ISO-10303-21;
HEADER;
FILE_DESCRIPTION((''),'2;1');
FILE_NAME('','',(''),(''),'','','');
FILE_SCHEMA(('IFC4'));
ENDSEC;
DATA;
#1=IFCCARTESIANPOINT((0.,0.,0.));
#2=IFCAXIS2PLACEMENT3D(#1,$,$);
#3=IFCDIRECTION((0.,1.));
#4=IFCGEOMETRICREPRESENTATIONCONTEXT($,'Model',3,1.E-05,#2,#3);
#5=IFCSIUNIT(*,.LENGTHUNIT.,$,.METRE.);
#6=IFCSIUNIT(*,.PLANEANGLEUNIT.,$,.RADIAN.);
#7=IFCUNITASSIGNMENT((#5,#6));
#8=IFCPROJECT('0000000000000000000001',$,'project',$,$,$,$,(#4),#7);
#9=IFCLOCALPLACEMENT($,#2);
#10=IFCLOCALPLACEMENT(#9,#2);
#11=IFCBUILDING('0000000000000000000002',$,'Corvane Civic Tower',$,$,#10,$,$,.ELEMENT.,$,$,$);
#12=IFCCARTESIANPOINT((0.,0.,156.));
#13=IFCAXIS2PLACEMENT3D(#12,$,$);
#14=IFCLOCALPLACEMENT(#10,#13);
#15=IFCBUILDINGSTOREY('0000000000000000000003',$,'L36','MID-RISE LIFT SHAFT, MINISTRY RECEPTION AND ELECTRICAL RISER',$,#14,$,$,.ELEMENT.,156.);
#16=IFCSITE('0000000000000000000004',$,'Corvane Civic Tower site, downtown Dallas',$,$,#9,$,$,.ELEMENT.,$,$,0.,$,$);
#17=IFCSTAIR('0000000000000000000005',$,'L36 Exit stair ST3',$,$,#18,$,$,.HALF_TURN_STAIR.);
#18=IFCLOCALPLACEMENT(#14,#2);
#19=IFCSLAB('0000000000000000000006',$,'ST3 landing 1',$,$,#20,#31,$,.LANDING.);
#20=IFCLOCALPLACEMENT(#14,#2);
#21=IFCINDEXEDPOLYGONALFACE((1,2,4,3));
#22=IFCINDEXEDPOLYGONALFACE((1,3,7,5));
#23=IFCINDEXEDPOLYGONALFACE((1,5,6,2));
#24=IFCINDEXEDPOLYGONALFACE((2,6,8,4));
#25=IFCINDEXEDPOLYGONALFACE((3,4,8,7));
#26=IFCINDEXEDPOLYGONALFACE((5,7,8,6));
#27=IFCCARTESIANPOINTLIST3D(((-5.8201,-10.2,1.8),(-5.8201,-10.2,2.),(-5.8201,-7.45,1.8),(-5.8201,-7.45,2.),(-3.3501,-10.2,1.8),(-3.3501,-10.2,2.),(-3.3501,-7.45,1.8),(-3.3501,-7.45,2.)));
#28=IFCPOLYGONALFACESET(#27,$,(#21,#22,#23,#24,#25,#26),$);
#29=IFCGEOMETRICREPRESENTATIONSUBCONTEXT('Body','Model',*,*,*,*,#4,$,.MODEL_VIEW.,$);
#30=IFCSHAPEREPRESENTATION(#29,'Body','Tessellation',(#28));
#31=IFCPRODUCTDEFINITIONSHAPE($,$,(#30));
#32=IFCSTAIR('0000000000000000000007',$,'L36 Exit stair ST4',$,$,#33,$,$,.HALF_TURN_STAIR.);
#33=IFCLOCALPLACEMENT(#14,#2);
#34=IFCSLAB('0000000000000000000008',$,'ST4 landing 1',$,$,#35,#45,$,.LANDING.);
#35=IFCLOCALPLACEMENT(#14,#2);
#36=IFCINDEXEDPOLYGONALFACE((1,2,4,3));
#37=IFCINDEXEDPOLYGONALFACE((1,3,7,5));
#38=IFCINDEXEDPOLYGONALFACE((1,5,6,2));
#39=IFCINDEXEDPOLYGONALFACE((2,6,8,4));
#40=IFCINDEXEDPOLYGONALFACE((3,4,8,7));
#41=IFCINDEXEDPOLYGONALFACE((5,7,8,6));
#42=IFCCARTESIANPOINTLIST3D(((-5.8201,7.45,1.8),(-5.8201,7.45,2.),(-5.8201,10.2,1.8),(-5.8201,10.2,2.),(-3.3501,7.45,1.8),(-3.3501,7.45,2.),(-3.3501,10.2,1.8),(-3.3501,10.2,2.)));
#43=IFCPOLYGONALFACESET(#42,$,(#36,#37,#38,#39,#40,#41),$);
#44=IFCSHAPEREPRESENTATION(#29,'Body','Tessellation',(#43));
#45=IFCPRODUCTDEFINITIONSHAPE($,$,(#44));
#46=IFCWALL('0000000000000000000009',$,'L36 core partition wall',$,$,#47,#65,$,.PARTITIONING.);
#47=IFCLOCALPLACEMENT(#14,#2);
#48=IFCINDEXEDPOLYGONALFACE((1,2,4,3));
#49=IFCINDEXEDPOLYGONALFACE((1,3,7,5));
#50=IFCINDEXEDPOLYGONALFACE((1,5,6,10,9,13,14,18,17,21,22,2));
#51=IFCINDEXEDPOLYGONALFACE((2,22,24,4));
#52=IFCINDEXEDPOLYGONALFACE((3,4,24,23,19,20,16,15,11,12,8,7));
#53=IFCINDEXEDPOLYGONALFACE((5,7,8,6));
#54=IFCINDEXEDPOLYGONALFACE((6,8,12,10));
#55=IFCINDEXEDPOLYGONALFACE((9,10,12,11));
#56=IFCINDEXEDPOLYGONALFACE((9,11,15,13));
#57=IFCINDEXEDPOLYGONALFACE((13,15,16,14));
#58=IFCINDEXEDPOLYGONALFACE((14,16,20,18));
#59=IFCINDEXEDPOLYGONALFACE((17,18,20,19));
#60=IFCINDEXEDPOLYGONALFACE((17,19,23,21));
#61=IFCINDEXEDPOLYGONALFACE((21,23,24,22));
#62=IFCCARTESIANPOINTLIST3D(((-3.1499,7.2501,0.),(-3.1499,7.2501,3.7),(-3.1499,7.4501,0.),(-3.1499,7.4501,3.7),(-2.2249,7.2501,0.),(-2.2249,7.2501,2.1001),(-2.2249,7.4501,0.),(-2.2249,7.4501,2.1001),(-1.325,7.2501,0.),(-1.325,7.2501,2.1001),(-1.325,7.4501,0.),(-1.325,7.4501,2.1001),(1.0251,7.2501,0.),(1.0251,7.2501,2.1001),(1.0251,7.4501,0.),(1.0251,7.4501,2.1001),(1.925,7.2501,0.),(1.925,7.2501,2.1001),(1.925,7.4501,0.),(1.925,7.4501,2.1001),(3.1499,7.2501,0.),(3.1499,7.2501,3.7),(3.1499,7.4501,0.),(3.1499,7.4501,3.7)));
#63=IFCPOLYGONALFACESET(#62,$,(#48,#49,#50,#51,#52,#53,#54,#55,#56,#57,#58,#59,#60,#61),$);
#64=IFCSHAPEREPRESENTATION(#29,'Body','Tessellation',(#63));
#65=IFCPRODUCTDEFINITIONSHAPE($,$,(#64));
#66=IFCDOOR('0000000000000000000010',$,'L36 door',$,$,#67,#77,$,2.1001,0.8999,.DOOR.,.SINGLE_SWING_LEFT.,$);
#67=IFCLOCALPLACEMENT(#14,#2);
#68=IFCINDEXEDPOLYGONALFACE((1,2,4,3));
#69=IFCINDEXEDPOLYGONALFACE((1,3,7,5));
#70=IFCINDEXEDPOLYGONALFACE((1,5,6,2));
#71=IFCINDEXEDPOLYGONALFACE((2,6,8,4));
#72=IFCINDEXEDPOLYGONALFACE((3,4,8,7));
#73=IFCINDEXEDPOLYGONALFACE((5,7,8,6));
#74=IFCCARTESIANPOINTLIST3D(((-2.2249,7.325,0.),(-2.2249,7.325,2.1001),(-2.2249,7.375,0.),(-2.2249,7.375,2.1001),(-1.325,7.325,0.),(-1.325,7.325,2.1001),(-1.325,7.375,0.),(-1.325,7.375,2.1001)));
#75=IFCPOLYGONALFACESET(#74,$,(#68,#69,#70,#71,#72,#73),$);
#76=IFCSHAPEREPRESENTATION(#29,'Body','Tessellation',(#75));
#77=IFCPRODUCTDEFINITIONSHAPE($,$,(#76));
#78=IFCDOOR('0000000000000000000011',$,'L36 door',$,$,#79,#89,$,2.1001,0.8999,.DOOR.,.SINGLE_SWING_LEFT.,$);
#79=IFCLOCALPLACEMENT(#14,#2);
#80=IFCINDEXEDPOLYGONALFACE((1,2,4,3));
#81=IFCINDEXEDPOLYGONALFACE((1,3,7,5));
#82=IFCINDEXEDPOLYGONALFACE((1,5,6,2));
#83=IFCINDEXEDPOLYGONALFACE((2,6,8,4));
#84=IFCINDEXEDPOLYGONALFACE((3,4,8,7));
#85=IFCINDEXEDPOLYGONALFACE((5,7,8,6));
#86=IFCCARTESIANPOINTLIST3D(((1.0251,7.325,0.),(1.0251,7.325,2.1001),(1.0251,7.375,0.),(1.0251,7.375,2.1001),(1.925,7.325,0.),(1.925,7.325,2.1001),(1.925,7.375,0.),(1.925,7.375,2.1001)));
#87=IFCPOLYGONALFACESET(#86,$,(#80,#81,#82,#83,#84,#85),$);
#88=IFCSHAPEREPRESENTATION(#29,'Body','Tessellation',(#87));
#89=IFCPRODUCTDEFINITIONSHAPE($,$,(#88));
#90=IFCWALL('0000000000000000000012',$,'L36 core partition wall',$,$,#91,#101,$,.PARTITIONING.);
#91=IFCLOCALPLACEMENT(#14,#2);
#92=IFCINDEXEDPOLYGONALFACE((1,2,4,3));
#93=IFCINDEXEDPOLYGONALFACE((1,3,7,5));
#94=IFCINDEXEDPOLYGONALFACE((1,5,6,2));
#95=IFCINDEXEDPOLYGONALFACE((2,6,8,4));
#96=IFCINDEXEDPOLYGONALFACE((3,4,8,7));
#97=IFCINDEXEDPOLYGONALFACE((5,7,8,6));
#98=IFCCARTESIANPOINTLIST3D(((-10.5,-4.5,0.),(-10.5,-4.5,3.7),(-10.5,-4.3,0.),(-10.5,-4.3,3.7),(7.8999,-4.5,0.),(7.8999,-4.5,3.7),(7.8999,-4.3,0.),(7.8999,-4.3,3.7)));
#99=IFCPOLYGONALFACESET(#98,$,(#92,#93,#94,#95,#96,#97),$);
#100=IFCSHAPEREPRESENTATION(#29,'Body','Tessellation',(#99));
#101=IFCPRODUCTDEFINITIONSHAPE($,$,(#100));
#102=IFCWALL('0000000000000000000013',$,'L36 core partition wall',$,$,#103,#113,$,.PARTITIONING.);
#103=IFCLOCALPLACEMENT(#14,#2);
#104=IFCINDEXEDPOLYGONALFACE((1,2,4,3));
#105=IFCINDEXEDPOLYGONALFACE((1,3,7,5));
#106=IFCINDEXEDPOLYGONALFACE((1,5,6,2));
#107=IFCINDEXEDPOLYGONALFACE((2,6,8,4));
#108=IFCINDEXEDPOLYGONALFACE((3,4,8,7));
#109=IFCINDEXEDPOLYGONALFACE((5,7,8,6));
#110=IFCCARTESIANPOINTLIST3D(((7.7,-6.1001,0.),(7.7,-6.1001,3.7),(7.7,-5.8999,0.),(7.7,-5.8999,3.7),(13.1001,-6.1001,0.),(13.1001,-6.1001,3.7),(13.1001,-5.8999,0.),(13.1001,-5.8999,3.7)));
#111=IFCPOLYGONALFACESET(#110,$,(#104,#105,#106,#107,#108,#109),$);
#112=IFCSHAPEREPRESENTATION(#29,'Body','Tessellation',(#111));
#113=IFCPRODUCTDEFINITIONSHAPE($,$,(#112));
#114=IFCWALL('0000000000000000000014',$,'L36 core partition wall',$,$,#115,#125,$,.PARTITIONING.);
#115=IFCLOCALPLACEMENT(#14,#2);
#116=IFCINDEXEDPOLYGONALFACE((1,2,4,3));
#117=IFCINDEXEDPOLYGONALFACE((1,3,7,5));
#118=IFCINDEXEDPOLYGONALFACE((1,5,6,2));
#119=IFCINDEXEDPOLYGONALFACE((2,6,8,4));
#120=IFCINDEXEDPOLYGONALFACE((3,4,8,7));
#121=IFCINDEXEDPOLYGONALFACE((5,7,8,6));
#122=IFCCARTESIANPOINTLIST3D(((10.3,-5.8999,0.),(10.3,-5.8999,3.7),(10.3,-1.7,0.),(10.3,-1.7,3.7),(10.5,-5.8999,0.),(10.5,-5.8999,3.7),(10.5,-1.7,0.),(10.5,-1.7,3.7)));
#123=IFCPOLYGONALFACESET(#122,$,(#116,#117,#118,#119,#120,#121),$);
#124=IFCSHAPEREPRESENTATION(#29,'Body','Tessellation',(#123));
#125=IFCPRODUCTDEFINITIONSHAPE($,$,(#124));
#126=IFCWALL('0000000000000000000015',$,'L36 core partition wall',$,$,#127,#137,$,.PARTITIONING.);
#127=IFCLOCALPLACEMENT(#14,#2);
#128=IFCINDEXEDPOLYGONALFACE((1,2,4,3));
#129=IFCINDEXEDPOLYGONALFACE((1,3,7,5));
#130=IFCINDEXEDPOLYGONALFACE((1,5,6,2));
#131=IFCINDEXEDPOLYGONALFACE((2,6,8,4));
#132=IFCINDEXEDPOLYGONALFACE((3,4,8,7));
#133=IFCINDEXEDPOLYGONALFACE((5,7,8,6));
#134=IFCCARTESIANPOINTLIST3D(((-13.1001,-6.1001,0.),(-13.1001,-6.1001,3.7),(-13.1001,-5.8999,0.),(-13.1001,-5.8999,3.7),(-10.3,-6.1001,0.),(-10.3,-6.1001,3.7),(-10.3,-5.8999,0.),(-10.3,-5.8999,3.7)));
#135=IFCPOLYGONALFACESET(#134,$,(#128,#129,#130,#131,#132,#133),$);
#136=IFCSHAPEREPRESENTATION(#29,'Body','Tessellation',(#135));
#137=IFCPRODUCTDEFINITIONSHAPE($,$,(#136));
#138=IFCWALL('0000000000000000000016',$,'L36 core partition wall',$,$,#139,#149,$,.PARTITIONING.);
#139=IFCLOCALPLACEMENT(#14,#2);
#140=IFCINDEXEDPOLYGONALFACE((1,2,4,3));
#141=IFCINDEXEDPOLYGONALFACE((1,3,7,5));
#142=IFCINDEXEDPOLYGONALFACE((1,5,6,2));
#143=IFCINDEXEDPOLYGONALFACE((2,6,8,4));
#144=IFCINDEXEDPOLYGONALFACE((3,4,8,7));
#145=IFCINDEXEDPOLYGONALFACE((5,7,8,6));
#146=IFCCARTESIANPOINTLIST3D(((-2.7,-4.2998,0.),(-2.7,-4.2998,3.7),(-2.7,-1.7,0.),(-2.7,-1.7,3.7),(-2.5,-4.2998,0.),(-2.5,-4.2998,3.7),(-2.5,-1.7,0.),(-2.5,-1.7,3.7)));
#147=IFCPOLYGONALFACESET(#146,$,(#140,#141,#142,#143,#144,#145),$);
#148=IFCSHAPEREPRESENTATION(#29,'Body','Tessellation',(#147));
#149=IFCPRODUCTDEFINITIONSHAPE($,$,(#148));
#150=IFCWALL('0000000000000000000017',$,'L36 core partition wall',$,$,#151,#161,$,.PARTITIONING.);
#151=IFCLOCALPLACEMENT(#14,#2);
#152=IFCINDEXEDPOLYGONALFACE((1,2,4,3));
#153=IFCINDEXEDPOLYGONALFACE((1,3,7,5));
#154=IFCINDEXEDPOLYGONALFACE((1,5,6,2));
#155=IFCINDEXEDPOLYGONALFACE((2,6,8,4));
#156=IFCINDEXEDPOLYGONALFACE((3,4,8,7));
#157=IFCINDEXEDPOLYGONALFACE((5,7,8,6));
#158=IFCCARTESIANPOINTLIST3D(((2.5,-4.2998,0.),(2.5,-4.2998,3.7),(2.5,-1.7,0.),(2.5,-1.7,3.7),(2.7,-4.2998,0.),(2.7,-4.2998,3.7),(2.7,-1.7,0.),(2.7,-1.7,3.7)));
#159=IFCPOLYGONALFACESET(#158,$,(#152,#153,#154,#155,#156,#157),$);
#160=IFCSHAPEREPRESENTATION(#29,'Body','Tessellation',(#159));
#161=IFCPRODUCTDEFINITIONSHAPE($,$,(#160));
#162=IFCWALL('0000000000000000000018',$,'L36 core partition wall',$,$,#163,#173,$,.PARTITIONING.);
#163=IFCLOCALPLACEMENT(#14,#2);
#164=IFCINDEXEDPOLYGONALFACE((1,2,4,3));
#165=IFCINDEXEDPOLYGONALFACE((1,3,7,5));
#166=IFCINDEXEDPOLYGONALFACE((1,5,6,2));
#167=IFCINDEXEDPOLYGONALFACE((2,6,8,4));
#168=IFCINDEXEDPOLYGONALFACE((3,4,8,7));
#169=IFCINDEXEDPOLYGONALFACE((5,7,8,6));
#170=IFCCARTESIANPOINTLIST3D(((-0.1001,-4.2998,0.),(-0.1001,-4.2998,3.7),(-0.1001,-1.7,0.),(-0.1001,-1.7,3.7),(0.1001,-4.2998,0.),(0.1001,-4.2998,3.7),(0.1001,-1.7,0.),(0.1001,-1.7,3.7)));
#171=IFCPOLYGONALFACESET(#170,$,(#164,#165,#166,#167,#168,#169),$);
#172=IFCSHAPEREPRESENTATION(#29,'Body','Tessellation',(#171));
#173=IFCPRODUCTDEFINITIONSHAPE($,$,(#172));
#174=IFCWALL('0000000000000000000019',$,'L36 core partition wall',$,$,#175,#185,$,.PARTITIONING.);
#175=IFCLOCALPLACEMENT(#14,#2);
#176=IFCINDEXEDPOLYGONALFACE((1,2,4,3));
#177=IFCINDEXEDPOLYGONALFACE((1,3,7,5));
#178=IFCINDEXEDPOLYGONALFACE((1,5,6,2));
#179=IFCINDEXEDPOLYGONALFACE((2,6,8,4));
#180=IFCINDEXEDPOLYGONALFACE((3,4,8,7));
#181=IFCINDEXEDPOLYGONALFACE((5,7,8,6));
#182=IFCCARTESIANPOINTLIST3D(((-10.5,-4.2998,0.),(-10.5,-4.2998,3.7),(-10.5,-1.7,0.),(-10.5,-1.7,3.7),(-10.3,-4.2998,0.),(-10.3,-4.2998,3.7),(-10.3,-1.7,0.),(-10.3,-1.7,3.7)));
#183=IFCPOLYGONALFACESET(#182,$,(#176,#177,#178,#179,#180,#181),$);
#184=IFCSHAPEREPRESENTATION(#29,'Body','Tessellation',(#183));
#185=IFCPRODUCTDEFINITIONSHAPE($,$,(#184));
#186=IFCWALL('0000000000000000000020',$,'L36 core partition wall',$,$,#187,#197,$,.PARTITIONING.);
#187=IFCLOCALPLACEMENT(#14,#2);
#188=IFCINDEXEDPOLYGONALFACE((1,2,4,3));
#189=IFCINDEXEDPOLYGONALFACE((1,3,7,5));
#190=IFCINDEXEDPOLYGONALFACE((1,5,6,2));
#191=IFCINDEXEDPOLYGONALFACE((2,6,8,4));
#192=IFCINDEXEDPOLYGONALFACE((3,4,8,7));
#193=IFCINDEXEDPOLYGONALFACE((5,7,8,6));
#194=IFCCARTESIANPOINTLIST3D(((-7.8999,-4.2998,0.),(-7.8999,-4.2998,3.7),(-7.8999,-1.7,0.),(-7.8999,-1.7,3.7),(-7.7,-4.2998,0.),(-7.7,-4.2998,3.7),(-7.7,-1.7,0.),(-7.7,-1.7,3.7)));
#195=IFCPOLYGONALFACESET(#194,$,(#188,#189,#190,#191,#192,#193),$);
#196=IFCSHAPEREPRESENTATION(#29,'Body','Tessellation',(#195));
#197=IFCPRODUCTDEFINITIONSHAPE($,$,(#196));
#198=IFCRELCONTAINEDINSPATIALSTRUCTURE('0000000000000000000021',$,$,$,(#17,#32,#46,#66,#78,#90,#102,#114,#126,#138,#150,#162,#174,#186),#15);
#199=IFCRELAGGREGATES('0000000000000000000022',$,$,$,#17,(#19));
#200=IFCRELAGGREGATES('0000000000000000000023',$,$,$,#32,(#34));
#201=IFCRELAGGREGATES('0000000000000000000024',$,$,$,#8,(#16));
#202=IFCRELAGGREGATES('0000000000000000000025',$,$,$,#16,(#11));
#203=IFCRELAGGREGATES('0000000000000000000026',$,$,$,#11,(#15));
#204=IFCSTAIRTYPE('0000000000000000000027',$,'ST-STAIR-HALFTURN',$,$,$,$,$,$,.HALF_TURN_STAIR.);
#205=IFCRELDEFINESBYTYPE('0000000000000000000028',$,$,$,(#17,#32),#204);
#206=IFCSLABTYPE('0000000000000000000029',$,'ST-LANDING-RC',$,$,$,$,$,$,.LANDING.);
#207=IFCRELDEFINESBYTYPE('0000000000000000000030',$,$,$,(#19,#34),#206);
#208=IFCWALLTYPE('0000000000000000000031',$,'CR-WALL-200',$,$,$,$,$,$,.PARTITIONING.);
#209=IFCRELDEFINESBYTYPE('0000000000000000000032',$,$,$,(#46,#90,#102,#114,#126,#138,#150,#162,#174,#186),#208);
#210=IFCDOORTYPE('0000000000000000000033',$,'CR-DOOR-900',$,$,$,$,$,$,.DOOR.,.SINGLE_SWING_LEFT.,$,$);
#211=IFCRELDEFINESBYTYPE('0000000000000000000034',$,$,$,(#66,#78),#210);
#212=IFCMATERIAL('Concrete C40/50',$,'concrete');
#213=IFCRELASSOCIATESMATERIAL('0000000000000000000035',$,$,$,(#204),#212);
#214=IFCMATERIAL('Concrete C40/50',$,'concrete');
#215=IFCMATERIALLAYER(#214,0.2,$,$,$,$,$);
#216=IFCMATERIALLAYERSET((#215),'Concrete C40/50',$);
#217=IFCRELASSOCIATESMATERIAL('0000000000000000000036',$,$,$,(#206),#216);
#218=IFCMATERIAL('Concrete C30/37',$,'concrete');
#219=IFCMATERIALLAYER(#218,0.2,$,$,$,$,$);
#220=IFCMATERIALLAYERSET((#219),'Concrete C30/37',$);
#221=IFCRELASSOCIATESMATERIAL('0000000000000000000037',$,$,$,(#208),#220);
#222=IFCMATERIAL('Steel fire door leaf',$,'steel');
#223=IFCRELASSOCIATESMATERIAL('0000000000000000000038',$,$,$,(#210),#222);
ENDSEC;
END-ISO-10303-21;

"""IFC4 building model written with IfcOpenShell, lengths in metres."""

from ifc_helpers import new_model, si_unit, direction, frame, frame_2d, origin, place, context, subcontext, project, spatial, polyline, rectangle, outline, extrude, material, layer, layer_set, type_object, element, fill, aggregate, save


model = new_model("IFC4")

# Units and contexts
model_context = context("Model", 3, precision=1e-05, world=origin(), true_north=direction((0.0, 1.0)))
body_context = subcontext(model_context, "Body", "Model", "MODEL_VIEW")
ifc_project = project(units=[si_unit("LENGTHUNIT", "METRE"), si_unit("PLANEANGLEUNIT", "RADIAN")], contexts=[model_context])

# Site, building, storey
site_placement = place(None, origin())
site = spatial("IfcSite", under=ifc_project, at=site_placement, Name="Corvane Civic Tower site, downtown Dallas", CompositionType="ELEMENT", RefElevation=0.0)
building_placement = place(site_placement, origin())
building = spatial("IfcBuilding", under=site, at=building_placement, Name="Corvane Civic Tower", CompositionType="ELEMENT")
storey_placement = place(building_placement, frame((0.0, 0.0, 156.0)))
storey = spatial("IfcBuildingStorey", under=building, at=storey_placement, Name="L36", Description="MID-RISE LIFT SHAFT, MINISTRY RECEPTION AND ELECTRICAL RISER", CompositionType="ELEMENT", Elevation=156.0)

# Stairs, slabs
ifc_material_1 = material(Name="Concrete C40/50", Category="concrete")
stair_type = type_object("IfcStairType", Name="ST-STAIR-HALFTURN", PredefinedType="HALF_TURN_STAIR", material=ifc_material_1)
stair_1_placement = place(storey_placement, origin())
stair_1 = element("IfcStair", 1, at=stair_1_placement, inside=storey, type_object=stair_type, Name="L36 Exit stair ST3", PredefinedType="HALF_TURN_STAIR")
ifc_material_2 = material(Name="Concrete C40/50", Category="concrete")
ifc_layer_1 = layer(ifc_material_2, 0.2)
ifc_layer_set_1 = layer_set([ifc_layer_1], Name="Concrete C40/50")
slab_type = type_object("IfcSlabType", Name="ST-LANDING-RC", PredefinedType="LANDING", material=ifc_layer_set_1)
slab_1_placement = place(storey_placement, frame((0.0, 0.0, 1.8)))
slab_1 = element("IfcSlab", 2, at=slab_1_placement, type_object=slab_type, Name="ST3 landing 1", PredefinedType="LANDING", context=body_context, shape_type="SweptSolid", body=[
    extrude(outline(polyline([(-5.8201, -10.2), (-3.3501, -10.2), (-3.3501, -7.45), (-5.8201, -7.45), (-5.8201, -10.2)])), origin(), (0.0, 0.0, 1.0), 0.2),
])
aggregate(stair_1, [slab_1])
stair_2_placement = place(storey_placement, origin())
stair_2 = element("IfcStair", 3, at=stair_2_placement, inside=storey, type_object=stair_type, Name="L36 Exit stair ST4", PredefinedType="HALF_TURN_STAIR")
slab_2_placement = place(storey_placement, frame((0.0, 0.0, 1.8)))
slab_2 = element("IfcSlab", 4, at=slab_2_placement, type_object=slab_type, Name="ST4 landing 1", PredefinedType="LANDING", context=body_context, shape_type="SweptSolid", body=[
    extrude(outline(polyline([(-5.8201, 7.45), (-3.3501, 7.45), (-3.3501, 10.2), (-5.8201, 10.2), (-5.8201, 7.45)])), origin(), (0.0, 0.0, 1.0), 0.2),
])

# Wall, openings, doors
ifc_material_3 = material(Name="Concrete C30/37", Category="concrete")
ifc_layer_2 = layer(ifc_material_3, 0.2)
ifc_layer_set_2 = layer_set([ifc_layer_2], Name="Concrete C30/37")
wall_type_1 = type_object("IfcWallType", Name="CR-WALL-200", PredefinedType="PARTITIONING", material=ifc_layer_set_2)
wall_1_placement = place(storey_placement, frame((-3.1499, 7.3501, 0.0), z_axis=(0.0, 0.0, 1.0), x_axis=(1.0, 0.0, 0.0)))
wall_1 = element("IfcWall", 5, at=wall_1_placement, inside=storey, type_object=wall_type_1, Name="L36 core partition wall", PredefinedType="PARTITIONING", context=body_context, shape_type="SweptSolid", body=[
    extrude(rectangle(XDim=6.2998, YDim=0.2, at=frame_2d((3.1499, 0.0))), origin(), (0.0, 0.0, 1.0), 3.7),
])
opening_1_placement = place(wall_1_placement, frame((0.925, 0.0, 0.0)))
opening_1 = element("IfcOpeningElement", 6, at=opening_1_placement, cuts=wall_1, PredefinedType="OPENING", context=body_context, shape_type="SweptSolid", body=[
    extrude(rectangle(XDim=0.8999, YDim=2.1001, at=frame_2d((0.45, 1.05))), frame((0.0, 0.1099, 0.0), z_axis=(0.0, -1.0, 0.0), x_axis=(1.0, 0.0, 0.0)), (0.0, 0.0, 1.0), 0.22),
])
opening_2_placement = place(wall_1_placement, frame((4.175, 0.0, 0.0)))
opening_2 = element("IfcOpeningElement", 7, at=opening_2_placement, cuts=wall_1, PredefinedType="OPENING", context=body_context, shape_type="SweptSolid", body=[
    extrude(rectangle(XDim=0.8999, YDim=2.1001, at=frame_2d((0.45, 1.05))), frame((0.0, 0.1099, 0.0), z_axis=(0.0, -1.0, 0.0), x_axis=(1.0, 0.0, 0.0)), (0.0, 0.0, 1.0), 0.22),
])
ifc_material_4 = material(Name="Steel fire door leaf", Category="steel")
door_type_1 = type_object("IfcDoorType", Name="CR-DOOR-900", OperationType="SINGLE_SWING_LEFT", PredefinedType="DOOR", material=ifc_material_4)
door_1_placement = place(opening_1_placement, origin())
door_1 = element("IfcDoor", 8, at=door_1_placement, inside=storey, type_object=door_type_1, Name="L36 door", OperationType="SINGLE_SWING_LEFT", OverallHeight=2.1001, OverallWidth=0.8999, PredefinedType="DOOR", context=body_context, shape_type="SweptSolid", body=[
    extrude(rectangle(XDim=0.8999, YDim=2.1001, at=frame_2d((0.45, 1.05))), frame((0.0, 0.0249, 0.0), z_axis=(0.0, -1.0, 0.0), x_axis=(1.0, 0.0, 0.0)), (0.0, 0.0, 1.0), 0.05),
])
fill(opening_1, door_1)
door_2_placement = place(opening_2_placement, origin())
door_2 = element("IfcDoor", 9, at=door_2_placement, inside=storey, type_object=door_type_1, Name="L36 door", OperationType="SINGLE_SWING_LEFT", OverallHeight=2.1001, OverallWidth=0.8999, PredefinedType="DOOR", context=body_context, shape_type="SweptSolid", body=[
    extrude(rectangle(XDim=0.8999, YDim=2.1001, at=frame_2d((0.45, 1.05))), frame((0.0, 0.0249, 0.0), z_axis=(0.0, -1.0, 0.0), x_axis=(1.0, 0.0, 0.0)), (0.0, 0.0, 1.0), 0.05),
])
fill(opening_2, door_2)

# Walls
wall_2_placement = place(storey_placement, origin())
element("IfcWall", 10, at=wall_2_placement, inside=storey, type_object=wall_type_1, Name="L36 core partition wall", PredefinedType="PARTITIONING", context=body_context, shape_type="SweptSolid", body=[
    extrude(outline(polyline([(7.8999, -4.3), (7.8999, -4.5), (-10.5, -4.5), (-10.5, -4.3), (7.8999, -4.3)])), origin(), (0.0, 0.0, 1.0), 3.7),
])
wall_3_placement = place(storey_placement, origin())
element("IfcWall", 11, at=wall_3_placement, inside=storey, type_object=wall_type_1, Name="L36 core partition wall", PredefinedType="PARTITIONING", context=body_context, shape_type="SweptSolid", body=[
    extrude(outline(polyline([(13.1001, -6.1001), (7.7, -6.1001), (7.7, -5.8999), (13.1001, -5.8999), (13.1001, -6.1001)])), origin(), (0.0, 0.0, 1.0), 3.7),
])
wall_4_placement = place(storey_placement, origin())
element("IfcWall", 12, at=wall_4_placement, inside=storey, type_object=wall_type_1, Name="L36 core partition wall", PredefinedType="PARTITIONING", context=body_context, shape_type="SweptSolid", body=[
    extrude(outline(polyline([(10.5, -1.7), (10.5, -5.8999), (10.3, -5.8999), (10.3, -1.7), (10.5, -1.7)])), origin(), (0.0, 0.0, 1.0), 3.7),
])
wall_5_placement = place(storey_placement, origin())
element("IfcWall", 13, at=wall_5_placement, inside=storey, type_object=wall_type_1, Name="L36 core partition wall", PredefinedType="PARTITIONING", context=body_context, shape_type="SweptSolid", body=[
    extrude(outline(polyline([(-10.3, -6.1001), (-13.1001, -6.1001), (-13.1001, -5.8999), (-10.3, -5.8999), (-10.3, -6.1001)])), origin(), (0.0, 0.0, 1.0), 3.7),
])
wall_6_placement = place(storey_placement, origin())
element("IfcWall", 14, at=wall_6_placement, inside=storey, type_object=wall_type_1, Name="L36 core partition wall", PredefinedType="PARTITIONING", context=body_context, shape_type="SweptSolid", body=[
    extrude(outline(polyline([(-2.5, -1.7), (-2.5, -4.2998), (-2.7, -4.2998), (-2.7, -1.7), (-2.5, -1.7)])), origin(), (0.0, 0.0, 1.0), 3.7),
])
wall_7_placement = place(storey_placement, origin())
element("IfcWall", 15, at=wall_7_placement, inside=storey, type_object=wall_type_1, Name="L36 core partition wall", PredefinedType="PARTITIONING", context=body_context, shape_type="SweptSolid", body=[
    extrude(outline(polyline([(2.7, -1.7), (2.7, -4.2998), (2.5, -4.2998), (2.5, -1.7), (2.7, -1.7)])), origin(), (0.0, 0.0, 1.0), 3.7),
])
wall_8_placement = place(storey_placement, origin())
element("IfcWall", 16, at=wall_8_placement, inside=storey, type_object=wall_type_1, Name="L36 core partition wall", PredefinedType="PARTITIONING", context=body_context, shape_type="SweptSolid", body=[
    extrude(outline(polyline([(0.1001, -1.7), (0.1001, -4.2998), (-0.1001, -4.2998), (-0.1001, -1.7), (0.1001, -1.7)])), origin(), (0.0, 0.0, 1.0), 3.7),
])
wall_9_placement = place(storey_placement, origin())
element("IfcWall", 17, at=wall_9_placement, inside=storey, type_object=wall_type_1, Name="L36 core partition wall", PredefinedType="PARTITIONING", context=body_context, shape_type="SweptSolid", body=[
    extrude(outline(polyline([(-10.3, -1.7), (-10.3, -4.2998), (-10.5, -4.2998), (-10.5, -1.7), (-10.3, -1.7)])), origin(), (0.0, 0.0, 1.0), 3.7),
])
wall_10_placement = place(storey_placement, origin())
element("IfcWall", 18, at=wall_10_placement, inside=storey, type_object=wall_type_1, Name="L36 core partition wall", PredefinedType="PARTITIONING", context=body_context, shape_type="SweptSolid", body=[
    extrude(outline(polyline([(-7.7, -1.7), (-7.7, -4.2998), (-7.8999, -4.2998), (-7.8999, -1.7), (-7.7, -1.7)])), origin(), (0.0, 0.0, 1.0), 3.7),
])

aggregate(stair_2, [slab_2])

save(model, "model.ifc")
